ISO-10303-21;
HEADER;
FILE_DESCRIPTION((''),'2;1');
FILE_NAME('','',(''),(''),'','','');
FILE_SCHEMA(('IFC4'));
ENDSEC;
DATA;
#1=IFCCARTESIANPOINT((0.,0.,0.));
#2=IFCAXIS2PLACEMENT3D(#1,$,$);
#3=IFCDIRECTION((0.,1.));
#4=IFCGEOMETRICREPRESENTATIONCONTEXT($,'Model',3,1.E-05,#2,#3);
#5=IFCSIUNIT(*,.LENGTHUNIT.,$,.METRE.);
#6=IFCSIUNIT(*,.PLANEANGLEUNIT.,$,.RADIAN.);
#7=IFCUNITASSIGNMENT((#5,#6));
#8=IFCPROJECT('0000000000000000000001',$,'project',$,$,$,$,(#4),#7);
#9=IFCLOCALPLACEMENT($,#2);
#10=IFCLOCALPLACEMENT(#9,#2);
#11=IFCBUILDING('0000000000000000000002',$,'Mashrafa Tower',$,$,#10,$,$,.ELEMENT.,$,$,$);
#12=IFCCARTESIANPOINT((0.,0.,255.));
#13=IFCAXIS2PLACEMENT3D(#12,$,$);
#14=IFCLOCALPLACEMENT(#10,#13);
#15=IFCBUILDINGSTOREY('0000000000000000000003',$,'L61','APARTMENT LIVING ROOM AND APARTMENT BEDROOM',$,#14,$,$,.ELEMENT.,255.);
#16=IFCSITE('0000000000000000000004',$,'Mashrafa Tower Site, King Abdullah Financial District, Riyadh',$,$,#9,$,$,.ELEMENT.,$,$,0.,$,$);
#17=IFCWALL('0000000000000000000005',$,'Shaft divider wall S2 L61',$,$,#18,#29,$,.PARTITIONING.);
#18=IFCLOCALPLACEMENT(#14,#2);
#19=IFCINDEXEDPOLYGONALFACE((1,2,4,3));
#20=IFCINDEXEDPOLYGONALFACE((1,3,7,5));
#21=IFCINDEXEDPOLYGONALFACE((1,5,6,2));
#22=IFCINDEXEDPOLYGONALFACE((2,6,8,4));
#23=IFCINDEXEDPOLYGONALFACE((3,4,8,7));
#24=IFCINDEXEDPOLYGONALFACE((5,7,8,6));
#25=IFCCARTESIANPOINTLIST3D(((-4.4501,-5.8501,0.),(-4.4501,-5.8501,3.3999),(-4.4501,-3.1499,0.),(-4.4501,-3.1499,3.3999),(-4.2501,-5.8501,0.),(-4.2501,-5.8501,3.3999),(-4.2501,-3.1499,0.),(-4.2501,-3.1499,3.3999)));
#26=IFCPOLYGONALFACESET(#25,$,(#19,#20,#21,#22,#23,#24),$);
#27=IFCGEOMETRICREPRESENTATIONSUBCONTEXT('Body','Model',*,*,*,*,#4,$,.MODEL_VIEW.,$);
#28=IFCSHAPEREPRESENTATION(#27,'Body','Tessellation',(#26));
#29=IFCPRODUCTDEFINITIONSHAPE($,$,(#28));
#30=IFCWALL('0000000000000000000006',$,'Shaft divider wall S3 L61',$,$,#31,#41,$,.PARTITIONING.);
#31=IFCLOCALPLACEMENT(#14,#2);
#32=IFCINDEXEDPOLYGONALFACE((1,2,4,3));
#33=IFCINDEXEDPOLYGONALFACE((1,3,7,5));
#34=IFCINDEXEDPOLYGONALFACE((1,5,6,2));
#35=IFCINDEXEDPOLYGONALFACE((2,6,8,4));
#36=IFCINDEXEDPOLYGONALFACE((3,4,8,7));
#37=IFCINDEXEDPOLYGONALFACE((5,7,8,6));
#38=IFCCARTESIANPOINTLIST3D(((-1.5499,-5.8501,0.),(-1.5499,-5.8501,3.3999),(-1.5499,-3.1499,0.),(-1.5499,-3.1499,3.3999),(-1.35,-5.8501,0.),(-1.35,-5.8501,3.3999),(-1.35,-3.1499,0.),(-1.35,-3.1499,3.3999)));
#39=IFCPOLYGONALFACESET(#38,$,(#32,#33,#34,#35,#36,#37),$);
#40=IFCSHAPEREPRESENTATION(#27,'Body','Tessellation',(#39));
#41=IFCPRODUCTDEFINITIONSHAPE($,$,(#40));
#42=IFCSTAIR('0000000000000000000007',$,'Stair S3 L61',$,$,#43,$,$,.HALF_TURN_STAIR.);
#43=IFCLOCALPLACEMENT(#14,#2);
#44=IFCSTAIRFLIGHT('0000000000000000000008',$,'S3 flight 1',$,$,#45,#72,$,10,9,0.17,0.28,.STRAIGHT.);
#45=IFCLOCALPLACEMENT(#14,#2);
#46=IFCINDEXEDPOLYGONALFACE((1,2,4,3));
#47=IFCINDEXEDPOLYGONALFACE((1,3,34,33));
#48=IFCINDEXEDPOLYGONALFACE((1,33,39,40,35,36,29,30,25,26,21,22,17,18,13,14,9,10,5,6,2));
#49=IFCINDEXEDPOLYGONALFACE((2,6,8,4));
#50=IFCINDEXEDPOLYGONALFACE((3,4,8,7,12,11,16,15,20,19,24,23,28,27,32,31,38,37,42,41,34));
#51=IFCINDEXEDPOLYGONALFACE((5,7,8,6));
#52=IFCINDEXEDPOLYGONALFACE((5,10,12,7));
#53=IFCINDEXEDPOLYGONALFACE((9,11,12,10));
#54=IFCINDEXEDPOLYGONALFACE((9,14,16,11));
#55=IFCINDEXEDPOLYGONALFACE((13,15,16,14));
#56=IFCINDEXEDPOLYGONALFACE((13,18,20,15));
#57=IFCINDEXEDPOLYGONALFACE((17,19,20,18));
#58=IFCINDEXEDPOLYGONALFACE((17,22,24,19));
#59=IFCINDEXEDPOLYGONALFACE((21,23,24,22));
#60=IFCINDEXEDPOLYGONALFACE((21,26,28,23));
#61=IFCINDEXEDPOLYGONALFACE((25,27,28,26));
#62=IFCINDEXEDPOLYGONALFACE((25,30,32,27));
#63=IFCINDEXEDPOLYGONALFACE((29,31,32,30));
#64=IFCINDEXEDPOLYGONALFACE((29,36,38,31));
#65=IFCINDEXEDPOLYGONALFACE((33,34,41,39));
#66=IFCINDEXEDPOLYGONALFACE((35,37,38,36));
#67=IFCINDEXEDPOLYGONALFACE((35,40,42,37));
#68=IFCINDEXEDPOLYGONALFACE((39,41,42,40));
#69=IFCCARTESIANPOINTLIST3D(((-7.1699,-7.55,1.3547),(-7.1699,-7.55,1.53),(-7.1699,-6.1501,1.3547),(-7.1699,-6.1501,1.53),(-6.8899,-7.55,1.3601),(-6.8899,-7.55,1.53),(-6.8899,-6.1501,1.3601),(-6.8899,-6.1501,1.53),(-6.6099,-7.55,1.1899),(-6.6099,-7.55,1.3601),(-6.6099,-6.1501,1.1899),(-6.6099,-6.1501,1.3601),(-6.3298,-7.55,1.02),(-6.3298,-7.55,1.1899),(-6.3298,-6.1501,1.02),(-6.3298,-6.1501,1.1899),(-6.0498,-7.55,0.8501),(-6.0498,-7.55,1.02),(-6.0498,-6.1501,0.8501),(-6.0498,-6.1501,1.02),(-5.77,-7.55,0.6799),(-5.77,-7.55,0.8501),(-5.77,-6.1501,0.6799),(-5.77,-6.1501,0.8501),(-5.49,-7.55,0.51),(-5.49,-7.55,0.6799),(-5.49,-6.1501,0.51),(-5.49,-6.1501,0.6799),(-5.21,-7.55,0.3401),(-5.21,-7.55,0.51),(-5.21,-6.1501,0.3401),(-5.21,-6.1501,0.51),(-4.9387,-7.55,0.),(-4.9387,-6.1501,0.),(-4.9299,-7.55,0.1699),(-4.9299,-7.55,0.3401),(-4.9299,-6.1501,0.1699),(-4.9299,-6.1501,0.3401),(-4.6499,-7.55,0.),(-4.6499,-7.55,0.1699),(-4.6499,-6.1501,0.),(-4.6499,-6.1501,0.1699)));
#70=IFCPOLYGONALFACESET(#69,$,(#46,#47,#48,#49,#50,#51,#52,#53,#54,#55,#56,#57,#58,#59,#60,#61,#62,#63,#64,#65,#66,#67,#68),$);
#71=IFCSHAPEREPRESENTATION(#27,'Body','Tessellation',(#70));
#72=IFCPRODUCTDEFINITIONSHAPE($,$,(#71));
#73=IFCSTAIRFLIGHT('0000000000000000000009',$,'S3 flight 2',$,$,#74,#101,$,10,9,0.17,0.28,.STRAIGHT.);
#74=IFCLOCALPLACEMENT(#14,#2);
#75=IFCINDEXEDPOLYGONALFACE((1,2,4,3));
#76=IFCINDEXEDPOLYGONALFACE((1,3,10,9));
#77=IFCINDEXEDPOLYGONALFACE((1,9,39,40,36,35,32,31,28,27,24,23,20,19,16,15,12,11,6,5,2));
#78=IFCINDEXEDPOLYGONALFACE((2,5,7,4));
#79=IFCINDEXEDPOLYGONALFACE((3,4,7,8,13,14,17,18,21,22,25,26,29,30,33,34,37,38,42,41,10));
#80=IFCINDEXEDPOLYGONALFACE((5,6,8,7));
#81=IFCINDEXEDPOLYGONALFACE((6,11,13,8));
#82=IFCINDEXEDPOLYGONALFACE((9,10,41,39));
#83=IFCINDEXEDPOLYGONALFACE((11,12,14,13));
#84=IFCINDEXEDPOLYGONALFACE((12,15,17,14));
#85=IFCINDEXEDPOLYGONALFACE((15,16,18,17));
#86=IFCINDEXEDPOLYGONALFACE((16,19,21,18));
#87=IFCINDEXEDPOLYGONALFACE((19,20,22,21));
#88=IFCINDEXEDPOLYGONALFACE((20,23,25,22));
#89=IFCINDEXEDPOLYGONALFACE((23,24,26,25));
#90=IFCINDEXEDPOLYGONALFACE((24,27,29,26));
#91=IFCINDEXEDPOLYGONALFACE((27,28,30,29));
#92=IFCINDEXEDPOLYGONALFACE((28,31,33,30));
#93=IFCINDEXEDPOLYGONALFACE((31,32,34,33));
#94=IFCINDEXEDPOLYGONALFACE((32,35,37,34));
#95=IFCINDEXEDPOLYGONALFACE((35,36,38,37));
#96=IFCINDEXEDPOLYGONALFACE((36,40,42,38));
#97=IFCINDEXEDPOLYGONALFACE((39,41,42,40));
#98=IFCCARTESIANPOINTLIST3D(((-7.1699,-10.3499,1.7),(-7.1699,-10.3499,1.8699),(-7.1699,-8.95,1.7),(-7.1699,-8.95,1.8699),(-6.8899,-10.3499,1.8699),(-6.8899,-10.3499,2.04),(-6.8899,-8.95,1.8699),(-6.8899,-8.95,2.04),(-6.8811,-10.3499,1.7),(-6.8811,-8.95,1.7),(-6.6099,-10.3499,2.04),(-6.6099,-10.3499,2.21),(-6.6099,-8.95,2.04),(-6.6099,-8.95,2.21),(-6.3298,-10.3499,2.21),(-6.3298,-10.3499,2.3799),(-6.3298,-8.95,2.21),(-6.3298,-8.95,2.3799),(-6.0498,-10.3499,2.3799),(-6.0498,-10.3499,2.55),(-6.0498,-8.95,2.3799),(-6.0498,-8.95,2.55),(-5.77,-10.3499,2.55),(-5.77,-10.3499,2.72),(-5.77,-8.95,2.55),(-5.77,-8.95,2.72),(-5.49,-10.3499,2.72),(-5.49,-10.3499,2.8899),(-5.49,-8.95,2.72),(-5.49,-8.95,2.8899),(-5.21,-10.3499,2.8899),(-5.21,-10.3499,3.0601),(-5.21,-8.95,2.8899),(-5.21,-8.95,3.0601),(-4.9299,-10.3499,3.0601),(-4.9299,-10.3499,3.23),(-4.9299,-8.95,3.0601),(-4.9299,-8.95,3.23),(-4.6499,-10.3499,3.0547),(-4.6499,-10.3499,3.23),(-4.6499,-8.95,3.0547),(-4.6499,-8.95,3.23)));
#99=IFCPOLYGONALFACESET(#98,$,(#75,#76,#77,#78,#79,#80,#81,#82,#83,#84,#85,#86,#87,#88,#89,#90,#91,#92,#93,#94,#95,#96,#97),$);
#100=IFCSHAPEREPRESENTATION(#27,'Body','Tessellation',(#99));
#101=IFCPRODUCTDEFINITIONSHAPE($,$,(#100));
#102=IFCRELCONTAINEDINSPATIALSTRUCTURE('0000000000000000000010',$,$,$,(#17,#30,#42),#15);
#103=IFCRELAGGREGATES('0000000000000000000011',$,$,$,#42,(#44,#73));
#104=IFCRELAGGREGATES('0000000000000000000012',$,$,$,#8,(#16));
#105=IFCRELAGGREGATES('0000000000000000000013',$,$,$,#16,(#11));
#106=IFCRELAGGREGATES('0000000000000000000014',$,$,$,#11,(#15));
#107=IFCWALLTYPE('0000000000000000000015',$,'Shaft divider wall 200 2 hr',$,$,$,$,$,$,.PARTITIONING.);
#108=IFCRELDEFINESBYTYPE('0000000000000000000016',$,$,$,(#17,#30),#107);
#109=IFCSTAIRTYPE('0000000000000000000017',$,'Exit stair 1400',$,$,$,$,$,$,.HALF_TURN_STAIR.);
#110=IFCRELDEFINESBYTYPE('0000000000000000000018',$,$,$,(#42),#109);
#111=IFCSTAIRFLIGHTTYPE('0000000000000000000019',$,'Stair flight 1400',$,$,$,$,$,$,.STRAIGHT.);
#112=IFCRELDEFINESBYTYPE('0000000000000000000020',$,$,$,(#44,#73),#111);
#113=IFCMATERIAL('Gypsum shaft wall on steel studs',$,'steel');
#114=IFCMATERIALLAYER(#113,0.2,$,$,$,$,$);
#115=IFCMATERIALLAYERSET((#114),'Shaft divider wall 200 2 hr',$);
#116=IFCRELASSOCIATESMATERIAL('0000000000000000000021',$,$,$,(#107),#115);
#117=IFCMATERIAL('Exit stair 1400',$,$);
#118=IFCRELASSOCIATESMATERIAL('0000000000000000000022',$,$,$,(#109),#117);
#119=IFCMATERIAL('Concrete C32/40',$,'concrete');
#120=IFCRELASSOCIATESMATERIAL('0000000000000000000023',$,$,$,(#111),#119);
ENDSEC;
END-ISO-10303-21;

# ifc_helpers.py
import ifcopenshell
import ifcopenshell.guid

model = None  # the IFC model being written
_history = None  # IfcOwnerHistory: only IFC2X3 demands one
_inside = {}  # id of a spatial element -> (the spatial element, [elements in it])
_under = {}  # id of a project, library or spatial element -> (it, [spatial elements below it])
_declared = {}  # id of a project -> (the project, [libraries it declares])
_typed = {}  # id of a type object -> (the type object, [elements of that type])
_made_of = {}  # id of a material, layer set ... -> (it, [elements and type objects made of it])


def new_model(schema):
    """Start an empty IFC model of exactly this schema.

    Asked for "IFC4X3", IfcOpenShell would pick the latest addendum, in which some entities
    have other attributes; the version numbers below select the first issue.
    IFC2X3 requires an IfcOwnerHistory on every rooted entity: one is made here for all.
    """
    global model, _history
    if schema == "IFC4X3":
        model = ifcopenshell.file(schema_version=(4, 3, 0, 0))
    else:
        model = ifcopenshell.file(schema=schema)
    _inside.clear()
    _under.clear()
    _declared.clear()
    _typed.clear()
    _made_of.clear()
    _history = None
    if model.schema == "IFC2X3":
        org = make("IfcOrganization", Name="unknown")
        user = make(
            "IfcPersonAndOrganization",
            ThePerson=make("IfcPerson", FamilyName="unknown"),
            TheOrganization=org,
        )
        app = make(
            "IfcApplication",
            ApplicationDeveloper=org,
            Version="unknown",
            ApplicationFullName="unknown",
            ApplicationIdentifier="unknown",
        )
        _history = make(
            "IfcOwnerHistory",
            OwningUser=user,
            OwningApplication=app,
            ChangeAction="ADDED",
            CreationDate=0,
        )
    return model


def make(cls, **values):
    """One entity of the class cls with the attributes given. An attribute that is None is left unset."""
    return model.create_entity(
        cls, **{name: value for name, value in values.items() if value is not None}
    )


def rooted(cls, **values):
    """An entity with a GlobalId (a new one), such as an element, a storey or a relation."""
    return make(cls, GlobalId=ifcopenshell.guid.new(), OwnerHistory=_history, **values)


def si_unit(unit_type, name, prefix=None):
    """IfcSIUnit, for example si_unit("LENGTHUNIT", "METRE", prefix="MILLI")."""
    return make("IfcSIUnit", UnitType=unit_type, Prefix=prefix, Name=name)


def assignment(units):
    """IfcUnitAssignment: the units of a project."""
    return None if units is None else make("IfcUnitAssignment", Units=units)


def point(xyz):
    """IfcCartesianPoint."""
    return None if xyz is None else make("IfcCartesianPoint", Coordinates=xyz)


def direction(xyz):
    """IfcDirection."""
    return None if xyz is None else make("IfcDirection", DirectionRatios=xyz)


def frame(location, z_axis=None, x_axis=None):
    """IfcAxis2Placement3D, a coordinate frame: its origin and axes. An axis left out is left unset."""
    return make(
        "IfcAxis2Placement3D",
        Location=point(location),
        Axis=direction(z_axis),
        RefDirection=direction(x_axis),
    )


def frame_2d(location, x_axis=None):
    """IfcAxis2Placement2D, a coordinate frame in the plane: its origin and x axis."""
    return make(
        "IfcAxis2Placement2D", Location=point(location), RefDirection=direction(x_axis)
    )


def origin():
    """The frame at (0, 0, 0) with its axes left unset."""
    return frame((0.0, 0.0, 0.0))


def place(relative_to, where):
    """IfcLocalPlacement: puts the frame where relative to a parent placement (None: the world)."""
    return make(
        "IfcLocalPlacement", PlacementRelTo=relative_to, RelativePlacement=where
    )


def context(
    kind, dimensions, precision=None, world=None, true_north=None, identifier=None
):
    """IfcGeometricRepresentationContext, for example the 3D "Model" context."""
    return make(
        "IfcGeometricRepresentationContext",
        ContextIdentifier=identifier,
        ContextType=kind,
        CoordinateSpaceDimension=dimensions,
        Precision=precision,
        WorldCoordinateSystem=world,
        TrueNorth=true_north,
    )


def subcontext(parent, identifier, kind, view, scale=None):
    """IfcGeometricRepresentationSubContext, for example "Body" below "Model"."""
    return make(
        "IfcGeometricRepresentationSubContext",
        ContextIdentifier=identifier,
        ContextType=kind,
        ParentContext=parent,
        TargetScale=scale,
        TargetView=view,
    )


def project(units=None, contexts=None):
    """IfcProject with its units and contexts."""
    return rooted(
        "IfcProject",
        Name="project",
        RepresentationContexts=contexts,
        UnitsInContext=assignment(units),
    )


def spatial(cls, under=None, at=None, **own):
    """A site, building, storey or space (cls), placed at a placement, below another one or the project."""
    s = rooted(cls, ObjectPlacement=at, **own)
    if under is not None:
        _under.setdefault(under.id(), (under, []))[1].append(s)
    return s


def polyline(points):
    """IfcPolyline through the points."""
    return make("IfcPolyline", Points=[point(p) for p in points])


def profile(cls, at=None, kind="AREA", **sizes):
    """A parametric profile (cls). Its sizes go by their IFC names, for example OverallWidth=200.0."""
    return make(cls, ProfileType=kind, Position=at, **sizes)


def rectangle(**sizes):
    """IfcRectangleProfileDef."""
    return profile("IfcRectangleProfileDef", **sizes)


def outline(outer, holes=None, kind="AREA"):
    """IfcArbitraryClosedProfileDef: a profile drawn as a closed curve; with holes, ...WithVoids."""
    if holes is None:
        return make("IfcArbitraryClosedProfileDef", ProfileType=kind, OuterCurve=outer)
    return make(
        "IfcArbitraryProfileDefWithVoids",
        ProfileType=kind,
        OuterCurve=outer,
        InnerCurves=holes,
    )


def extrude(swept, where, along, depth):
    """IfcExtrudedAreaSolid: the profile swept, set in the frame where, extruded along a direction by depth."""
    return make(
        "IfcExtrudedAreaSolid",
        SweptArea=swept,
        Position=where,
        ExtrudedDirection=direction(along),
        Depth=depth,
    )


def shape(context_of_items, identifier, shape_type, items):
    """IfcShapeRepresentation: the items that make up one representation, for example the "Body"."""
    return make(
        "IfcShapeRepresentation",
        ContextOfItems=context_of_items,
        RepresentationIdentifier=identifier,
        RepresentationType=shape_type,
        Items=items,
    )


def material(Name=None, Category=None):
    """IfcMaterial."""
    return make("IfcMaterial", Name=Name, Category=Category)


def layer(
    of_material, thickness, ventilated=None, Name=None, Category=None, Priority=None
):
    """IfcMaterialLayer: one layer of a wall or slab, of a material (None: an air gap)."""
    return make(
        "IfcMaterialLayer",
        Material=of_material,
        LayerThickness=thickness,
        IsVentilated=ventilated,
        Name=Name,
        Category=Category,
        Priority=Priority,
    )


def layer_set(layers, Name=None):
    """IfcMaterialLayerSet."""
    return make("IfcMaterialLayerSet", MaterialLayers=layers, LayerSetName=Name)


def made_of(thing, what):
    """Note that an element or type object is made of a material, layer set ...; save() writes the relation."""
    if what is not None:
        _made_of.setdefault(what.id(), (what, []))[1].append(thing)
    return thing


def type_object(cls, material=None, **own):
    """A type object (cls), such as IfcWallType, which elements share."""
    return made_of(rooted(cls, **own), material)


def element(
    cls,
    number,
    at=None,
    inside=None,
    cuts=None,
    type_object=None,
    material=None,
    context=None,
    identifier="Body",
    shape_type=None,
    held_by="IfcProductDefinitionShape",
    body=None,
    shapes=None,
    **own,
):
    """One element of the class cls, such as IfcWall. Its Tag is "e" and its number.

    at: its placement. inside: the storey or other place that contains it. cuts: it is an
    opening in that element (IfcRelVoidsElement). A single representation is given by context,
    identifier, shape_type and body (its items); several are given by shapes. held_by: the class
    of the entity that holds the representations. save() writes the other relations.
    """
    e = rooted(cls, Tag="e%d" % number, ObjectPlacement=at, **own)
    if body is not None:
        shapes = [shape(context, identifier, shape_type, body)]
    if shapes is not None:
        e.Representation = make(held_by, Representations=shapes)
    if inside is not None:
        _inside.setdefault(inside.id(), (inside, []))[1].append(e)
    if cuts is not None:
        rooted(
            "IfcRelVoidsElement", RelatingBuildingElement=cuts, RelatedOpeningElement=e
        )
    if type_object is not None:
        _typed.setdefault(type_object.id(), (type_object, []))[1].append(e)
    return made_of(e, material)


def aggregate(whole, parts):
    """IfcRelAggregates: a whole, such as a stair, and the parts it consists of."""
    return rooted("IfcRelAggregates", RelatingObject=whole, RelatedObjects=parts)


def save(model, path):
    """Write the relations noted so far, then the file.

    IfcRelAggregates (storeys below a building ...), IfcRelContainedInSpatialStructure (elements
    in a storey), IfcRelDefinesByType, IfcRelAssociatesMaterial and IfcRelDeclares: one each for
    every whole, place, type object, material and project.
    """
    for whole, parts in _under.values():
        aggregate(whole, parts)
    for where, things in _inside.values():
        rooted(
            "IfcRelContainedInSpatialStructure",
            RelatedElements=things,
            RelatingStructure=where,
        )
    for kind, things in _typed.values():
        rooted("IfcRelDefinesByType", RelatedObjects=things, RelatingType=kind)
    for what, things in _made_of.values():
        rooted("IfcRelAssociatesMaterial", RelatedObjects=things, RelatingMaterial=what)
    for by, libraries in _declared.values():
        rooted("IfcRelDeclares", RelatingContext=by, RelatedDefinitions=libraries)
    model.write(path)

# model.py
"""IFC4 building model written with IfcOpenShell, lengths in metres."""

from ifc_helpers import new_model, si_unit, direction, frame, frame_2d, origin, place, context, subcontext, project, spatial, polyline, rectangle, outline, extrude, material, layer, layer_set, type_object, element, aggregate, save


model = new_model("IFC4")

# Units and contexts
model_context = context("Model", 3, precision=1e-05, world=origin(), true_north=direction((0.0, 1.0)))
body_context = subcontext(model_context, "Body", "Model", "MODEL_VIEW")
ifc_project = project(units=[si_unit("LENGTHUNIT", "METRE"), si_unit("PLANEANGLEUNIT", "RADIAN")], contexts=[model_context])

# Site, building, storey
site_placement = place(None, origin())
site = spatial("IfcSite", under=ifc_project, at=site_placement, Name="Mashrafa Tower Site, King Abdullah Financial District, Riyadh", CompositionType="ELEMENT", RefElevation=0.0)
building_placement = place(site_placement, origin())
building = spatial("IfcBuilding", under=site, at=building_placement, Name="Mashrafa Tower", CompositionType="ELEMENT")
storey_placement = place(building_placement, frame((0.0, 0.0, 255.0)))
storey = spatial("IfcBuildingStorey", under=building, at=storey_placement, Name="L61", Description="APARTMENT LIVING ROOM AND APARTMENT BEDROOM", CompositionType="ELEMENT", Elevation=255.0)

# Walls
ifc_material_1 = material(Name="Gypsum shaft wall on steel studs", Category="steel")
ifc_layer_1 = layer(ifc_material_1, 0.2)
ifc_layer_set_1 = layer_set([ifc_layer_1], Name="Shaft divider wall 200 2 hr")
wall_type_1 = type_object("IfcWallType", Name="Shaft divider wall 200 2 hr", PredefinedType="PARTITIONING", material=ifc_layer_set_1)
for number, where, z_axis, x_axis, name in (
    (1, (-4.3501, -5.8501, 0.0), (0.0, 0.0, 1.0), (0.0, 1.0, 0.0), "Shaft divider wall S2 L61"),
    (2, (-1.45, -5.8501, 0.0), (0.0, 0.0, 1.0), (0.0, 1.0, 0.0), "Shaft divider wall S3 L61"),
):
    element("IfcWall", number, at=place(storey_placement, frame(where, z_axis=z_axis, x_axis=x_axis)), inside=storey, type_object=wall_type_1, Name=name, PredefinedType="PARTITIONING", context=body_context, shape_type="SweptSolid", body=[
        extrude(rectangle(XDim=2.7002, YDim=0.2, at=frame_2d((1.3501, 0.0))), origin(), (0.0, 0.0, 1.0), 3.3999),
    ])

# Stair, stair flights
ifc_material_2 = material(Name="Exit stair 1400")
stair_type = type_object("IfcStairType", Name="Exit stair 1400", PredefinedType="HALF_TURN_STAIR", material=ifc_material_2)
stair_placement = place(storey_placement, origin())
stair = element("IfcStair", 3, at=stair_placement, inside=storey, type_object=stair_type, Name="Stair S3 L61", PredefinedType="HALF_TURN_STAIR")
ifc_material_3 = material(Name="Concrete C32/40", Category="concrete")
stair_flight_type = type_object("IfcStairFlightType", Name="Stair flight 1400", PredefinedType="STRAIGHT", material=ifc_material_3)
stair_flight_1_placement = place(storey_placement, frame((-4.6499, -6.8501, 0.0), z_axis=(0.0, 0.0, 1.0), x_axis=(-1.0, 0.0, 0.0)))
stair_flight_1 = element("IfcStairFlight", 4, at=stair_flight_1_placement, type_object=stair_flight_type, Name="S3 flight 1", NumberOfRisers=10, NumberOfTreads=9, PredefinedType="STRAIGHT", RiserHeight=0.17, TreadLength=0.28, context=body_context, shape_type="SweptSolid", body=[
    extrude(outline(polyline([(0.0, 0.0), (0.0, 0.1699), (0.28, 0.1699), (0.28, 0.3401), (0.5601, 0.3401), (0.5601, 0.51), (0.8401, 0.51), (0.8401, 0.6799), (1.1201, 0.6799), (1.1201, 0.8501), (1.3999, 0.8501), (1.3999, 1.02), (1.6799, 1.02), (1.6799, 1.1899), (1.96, 1.1899), (1.96, 1.3601), (2.24, 1.3601), (2.24, 1.53), (2.52, 1.53), (2.52, 1.7), (2.52, 1.3547), (0.2888, 0.0), (0.0, 0.0)])), frame((0.0, 0.7, 0.0), z_axis=(0.0, -1.0, 0.0), x_axis=(1.0, 0.0, 0.0)), (0.0, 0.0, 1.0), 1.3999),
])
stair_flight_2_placement = place(storey_placement, frame((-7.1699, -9.6499, 1.7), z_axis=(0.0, 0.0, 1.0), x_axis=(1.0, 0.0, 0.0)))
stair_flight_2 = element("IfcStairFlight", 5, at=stair_flight_2_placement, type_object=stair_flight_type, Name="S3 flight 2", NumberOfRisers=10, NumberOfTreads=9, PredefinedType="STRAIGHT", RiserHeight=0.17, TreadLength=0.28, context=body_context, shape_type="SweptSolid", body=[
    extrude(outline(polyline([(0.0, 0.0), (0.0, 0.1699), (0.28, 0.1699), (0.28, 0.3401), (0.5601, 0.3401), (0.5601, 0.51), (0.8401, 0.51), (0.8401, 0.6799), (1.1201, 0.6799), (1.1201, 0.8501), (1.3999, 0.8501), (1.3999, 1.02), (1.6799, 1.02), (1.6799, 1.1899), (1.96, 1.1899), (1.96, 1.3601), (2.24, 1.3601), (2.24, 1.53), (2.52, 1.53), (2.52, 1.7), (2.52, 1.3547), (0.2888, 0.0), (0.0, 0.0)])), frame((0.0, 0.7, 0.0), z_axis=(0.0, -1.0, 0.0), x_axis=(1.0, 0.0, 0.0)), (0.0, 0.0, 1.0), 1.3999),
])
aggregate(stair, [stair_flight_1, stair_flight_2])

save(model, "model.ifc")
